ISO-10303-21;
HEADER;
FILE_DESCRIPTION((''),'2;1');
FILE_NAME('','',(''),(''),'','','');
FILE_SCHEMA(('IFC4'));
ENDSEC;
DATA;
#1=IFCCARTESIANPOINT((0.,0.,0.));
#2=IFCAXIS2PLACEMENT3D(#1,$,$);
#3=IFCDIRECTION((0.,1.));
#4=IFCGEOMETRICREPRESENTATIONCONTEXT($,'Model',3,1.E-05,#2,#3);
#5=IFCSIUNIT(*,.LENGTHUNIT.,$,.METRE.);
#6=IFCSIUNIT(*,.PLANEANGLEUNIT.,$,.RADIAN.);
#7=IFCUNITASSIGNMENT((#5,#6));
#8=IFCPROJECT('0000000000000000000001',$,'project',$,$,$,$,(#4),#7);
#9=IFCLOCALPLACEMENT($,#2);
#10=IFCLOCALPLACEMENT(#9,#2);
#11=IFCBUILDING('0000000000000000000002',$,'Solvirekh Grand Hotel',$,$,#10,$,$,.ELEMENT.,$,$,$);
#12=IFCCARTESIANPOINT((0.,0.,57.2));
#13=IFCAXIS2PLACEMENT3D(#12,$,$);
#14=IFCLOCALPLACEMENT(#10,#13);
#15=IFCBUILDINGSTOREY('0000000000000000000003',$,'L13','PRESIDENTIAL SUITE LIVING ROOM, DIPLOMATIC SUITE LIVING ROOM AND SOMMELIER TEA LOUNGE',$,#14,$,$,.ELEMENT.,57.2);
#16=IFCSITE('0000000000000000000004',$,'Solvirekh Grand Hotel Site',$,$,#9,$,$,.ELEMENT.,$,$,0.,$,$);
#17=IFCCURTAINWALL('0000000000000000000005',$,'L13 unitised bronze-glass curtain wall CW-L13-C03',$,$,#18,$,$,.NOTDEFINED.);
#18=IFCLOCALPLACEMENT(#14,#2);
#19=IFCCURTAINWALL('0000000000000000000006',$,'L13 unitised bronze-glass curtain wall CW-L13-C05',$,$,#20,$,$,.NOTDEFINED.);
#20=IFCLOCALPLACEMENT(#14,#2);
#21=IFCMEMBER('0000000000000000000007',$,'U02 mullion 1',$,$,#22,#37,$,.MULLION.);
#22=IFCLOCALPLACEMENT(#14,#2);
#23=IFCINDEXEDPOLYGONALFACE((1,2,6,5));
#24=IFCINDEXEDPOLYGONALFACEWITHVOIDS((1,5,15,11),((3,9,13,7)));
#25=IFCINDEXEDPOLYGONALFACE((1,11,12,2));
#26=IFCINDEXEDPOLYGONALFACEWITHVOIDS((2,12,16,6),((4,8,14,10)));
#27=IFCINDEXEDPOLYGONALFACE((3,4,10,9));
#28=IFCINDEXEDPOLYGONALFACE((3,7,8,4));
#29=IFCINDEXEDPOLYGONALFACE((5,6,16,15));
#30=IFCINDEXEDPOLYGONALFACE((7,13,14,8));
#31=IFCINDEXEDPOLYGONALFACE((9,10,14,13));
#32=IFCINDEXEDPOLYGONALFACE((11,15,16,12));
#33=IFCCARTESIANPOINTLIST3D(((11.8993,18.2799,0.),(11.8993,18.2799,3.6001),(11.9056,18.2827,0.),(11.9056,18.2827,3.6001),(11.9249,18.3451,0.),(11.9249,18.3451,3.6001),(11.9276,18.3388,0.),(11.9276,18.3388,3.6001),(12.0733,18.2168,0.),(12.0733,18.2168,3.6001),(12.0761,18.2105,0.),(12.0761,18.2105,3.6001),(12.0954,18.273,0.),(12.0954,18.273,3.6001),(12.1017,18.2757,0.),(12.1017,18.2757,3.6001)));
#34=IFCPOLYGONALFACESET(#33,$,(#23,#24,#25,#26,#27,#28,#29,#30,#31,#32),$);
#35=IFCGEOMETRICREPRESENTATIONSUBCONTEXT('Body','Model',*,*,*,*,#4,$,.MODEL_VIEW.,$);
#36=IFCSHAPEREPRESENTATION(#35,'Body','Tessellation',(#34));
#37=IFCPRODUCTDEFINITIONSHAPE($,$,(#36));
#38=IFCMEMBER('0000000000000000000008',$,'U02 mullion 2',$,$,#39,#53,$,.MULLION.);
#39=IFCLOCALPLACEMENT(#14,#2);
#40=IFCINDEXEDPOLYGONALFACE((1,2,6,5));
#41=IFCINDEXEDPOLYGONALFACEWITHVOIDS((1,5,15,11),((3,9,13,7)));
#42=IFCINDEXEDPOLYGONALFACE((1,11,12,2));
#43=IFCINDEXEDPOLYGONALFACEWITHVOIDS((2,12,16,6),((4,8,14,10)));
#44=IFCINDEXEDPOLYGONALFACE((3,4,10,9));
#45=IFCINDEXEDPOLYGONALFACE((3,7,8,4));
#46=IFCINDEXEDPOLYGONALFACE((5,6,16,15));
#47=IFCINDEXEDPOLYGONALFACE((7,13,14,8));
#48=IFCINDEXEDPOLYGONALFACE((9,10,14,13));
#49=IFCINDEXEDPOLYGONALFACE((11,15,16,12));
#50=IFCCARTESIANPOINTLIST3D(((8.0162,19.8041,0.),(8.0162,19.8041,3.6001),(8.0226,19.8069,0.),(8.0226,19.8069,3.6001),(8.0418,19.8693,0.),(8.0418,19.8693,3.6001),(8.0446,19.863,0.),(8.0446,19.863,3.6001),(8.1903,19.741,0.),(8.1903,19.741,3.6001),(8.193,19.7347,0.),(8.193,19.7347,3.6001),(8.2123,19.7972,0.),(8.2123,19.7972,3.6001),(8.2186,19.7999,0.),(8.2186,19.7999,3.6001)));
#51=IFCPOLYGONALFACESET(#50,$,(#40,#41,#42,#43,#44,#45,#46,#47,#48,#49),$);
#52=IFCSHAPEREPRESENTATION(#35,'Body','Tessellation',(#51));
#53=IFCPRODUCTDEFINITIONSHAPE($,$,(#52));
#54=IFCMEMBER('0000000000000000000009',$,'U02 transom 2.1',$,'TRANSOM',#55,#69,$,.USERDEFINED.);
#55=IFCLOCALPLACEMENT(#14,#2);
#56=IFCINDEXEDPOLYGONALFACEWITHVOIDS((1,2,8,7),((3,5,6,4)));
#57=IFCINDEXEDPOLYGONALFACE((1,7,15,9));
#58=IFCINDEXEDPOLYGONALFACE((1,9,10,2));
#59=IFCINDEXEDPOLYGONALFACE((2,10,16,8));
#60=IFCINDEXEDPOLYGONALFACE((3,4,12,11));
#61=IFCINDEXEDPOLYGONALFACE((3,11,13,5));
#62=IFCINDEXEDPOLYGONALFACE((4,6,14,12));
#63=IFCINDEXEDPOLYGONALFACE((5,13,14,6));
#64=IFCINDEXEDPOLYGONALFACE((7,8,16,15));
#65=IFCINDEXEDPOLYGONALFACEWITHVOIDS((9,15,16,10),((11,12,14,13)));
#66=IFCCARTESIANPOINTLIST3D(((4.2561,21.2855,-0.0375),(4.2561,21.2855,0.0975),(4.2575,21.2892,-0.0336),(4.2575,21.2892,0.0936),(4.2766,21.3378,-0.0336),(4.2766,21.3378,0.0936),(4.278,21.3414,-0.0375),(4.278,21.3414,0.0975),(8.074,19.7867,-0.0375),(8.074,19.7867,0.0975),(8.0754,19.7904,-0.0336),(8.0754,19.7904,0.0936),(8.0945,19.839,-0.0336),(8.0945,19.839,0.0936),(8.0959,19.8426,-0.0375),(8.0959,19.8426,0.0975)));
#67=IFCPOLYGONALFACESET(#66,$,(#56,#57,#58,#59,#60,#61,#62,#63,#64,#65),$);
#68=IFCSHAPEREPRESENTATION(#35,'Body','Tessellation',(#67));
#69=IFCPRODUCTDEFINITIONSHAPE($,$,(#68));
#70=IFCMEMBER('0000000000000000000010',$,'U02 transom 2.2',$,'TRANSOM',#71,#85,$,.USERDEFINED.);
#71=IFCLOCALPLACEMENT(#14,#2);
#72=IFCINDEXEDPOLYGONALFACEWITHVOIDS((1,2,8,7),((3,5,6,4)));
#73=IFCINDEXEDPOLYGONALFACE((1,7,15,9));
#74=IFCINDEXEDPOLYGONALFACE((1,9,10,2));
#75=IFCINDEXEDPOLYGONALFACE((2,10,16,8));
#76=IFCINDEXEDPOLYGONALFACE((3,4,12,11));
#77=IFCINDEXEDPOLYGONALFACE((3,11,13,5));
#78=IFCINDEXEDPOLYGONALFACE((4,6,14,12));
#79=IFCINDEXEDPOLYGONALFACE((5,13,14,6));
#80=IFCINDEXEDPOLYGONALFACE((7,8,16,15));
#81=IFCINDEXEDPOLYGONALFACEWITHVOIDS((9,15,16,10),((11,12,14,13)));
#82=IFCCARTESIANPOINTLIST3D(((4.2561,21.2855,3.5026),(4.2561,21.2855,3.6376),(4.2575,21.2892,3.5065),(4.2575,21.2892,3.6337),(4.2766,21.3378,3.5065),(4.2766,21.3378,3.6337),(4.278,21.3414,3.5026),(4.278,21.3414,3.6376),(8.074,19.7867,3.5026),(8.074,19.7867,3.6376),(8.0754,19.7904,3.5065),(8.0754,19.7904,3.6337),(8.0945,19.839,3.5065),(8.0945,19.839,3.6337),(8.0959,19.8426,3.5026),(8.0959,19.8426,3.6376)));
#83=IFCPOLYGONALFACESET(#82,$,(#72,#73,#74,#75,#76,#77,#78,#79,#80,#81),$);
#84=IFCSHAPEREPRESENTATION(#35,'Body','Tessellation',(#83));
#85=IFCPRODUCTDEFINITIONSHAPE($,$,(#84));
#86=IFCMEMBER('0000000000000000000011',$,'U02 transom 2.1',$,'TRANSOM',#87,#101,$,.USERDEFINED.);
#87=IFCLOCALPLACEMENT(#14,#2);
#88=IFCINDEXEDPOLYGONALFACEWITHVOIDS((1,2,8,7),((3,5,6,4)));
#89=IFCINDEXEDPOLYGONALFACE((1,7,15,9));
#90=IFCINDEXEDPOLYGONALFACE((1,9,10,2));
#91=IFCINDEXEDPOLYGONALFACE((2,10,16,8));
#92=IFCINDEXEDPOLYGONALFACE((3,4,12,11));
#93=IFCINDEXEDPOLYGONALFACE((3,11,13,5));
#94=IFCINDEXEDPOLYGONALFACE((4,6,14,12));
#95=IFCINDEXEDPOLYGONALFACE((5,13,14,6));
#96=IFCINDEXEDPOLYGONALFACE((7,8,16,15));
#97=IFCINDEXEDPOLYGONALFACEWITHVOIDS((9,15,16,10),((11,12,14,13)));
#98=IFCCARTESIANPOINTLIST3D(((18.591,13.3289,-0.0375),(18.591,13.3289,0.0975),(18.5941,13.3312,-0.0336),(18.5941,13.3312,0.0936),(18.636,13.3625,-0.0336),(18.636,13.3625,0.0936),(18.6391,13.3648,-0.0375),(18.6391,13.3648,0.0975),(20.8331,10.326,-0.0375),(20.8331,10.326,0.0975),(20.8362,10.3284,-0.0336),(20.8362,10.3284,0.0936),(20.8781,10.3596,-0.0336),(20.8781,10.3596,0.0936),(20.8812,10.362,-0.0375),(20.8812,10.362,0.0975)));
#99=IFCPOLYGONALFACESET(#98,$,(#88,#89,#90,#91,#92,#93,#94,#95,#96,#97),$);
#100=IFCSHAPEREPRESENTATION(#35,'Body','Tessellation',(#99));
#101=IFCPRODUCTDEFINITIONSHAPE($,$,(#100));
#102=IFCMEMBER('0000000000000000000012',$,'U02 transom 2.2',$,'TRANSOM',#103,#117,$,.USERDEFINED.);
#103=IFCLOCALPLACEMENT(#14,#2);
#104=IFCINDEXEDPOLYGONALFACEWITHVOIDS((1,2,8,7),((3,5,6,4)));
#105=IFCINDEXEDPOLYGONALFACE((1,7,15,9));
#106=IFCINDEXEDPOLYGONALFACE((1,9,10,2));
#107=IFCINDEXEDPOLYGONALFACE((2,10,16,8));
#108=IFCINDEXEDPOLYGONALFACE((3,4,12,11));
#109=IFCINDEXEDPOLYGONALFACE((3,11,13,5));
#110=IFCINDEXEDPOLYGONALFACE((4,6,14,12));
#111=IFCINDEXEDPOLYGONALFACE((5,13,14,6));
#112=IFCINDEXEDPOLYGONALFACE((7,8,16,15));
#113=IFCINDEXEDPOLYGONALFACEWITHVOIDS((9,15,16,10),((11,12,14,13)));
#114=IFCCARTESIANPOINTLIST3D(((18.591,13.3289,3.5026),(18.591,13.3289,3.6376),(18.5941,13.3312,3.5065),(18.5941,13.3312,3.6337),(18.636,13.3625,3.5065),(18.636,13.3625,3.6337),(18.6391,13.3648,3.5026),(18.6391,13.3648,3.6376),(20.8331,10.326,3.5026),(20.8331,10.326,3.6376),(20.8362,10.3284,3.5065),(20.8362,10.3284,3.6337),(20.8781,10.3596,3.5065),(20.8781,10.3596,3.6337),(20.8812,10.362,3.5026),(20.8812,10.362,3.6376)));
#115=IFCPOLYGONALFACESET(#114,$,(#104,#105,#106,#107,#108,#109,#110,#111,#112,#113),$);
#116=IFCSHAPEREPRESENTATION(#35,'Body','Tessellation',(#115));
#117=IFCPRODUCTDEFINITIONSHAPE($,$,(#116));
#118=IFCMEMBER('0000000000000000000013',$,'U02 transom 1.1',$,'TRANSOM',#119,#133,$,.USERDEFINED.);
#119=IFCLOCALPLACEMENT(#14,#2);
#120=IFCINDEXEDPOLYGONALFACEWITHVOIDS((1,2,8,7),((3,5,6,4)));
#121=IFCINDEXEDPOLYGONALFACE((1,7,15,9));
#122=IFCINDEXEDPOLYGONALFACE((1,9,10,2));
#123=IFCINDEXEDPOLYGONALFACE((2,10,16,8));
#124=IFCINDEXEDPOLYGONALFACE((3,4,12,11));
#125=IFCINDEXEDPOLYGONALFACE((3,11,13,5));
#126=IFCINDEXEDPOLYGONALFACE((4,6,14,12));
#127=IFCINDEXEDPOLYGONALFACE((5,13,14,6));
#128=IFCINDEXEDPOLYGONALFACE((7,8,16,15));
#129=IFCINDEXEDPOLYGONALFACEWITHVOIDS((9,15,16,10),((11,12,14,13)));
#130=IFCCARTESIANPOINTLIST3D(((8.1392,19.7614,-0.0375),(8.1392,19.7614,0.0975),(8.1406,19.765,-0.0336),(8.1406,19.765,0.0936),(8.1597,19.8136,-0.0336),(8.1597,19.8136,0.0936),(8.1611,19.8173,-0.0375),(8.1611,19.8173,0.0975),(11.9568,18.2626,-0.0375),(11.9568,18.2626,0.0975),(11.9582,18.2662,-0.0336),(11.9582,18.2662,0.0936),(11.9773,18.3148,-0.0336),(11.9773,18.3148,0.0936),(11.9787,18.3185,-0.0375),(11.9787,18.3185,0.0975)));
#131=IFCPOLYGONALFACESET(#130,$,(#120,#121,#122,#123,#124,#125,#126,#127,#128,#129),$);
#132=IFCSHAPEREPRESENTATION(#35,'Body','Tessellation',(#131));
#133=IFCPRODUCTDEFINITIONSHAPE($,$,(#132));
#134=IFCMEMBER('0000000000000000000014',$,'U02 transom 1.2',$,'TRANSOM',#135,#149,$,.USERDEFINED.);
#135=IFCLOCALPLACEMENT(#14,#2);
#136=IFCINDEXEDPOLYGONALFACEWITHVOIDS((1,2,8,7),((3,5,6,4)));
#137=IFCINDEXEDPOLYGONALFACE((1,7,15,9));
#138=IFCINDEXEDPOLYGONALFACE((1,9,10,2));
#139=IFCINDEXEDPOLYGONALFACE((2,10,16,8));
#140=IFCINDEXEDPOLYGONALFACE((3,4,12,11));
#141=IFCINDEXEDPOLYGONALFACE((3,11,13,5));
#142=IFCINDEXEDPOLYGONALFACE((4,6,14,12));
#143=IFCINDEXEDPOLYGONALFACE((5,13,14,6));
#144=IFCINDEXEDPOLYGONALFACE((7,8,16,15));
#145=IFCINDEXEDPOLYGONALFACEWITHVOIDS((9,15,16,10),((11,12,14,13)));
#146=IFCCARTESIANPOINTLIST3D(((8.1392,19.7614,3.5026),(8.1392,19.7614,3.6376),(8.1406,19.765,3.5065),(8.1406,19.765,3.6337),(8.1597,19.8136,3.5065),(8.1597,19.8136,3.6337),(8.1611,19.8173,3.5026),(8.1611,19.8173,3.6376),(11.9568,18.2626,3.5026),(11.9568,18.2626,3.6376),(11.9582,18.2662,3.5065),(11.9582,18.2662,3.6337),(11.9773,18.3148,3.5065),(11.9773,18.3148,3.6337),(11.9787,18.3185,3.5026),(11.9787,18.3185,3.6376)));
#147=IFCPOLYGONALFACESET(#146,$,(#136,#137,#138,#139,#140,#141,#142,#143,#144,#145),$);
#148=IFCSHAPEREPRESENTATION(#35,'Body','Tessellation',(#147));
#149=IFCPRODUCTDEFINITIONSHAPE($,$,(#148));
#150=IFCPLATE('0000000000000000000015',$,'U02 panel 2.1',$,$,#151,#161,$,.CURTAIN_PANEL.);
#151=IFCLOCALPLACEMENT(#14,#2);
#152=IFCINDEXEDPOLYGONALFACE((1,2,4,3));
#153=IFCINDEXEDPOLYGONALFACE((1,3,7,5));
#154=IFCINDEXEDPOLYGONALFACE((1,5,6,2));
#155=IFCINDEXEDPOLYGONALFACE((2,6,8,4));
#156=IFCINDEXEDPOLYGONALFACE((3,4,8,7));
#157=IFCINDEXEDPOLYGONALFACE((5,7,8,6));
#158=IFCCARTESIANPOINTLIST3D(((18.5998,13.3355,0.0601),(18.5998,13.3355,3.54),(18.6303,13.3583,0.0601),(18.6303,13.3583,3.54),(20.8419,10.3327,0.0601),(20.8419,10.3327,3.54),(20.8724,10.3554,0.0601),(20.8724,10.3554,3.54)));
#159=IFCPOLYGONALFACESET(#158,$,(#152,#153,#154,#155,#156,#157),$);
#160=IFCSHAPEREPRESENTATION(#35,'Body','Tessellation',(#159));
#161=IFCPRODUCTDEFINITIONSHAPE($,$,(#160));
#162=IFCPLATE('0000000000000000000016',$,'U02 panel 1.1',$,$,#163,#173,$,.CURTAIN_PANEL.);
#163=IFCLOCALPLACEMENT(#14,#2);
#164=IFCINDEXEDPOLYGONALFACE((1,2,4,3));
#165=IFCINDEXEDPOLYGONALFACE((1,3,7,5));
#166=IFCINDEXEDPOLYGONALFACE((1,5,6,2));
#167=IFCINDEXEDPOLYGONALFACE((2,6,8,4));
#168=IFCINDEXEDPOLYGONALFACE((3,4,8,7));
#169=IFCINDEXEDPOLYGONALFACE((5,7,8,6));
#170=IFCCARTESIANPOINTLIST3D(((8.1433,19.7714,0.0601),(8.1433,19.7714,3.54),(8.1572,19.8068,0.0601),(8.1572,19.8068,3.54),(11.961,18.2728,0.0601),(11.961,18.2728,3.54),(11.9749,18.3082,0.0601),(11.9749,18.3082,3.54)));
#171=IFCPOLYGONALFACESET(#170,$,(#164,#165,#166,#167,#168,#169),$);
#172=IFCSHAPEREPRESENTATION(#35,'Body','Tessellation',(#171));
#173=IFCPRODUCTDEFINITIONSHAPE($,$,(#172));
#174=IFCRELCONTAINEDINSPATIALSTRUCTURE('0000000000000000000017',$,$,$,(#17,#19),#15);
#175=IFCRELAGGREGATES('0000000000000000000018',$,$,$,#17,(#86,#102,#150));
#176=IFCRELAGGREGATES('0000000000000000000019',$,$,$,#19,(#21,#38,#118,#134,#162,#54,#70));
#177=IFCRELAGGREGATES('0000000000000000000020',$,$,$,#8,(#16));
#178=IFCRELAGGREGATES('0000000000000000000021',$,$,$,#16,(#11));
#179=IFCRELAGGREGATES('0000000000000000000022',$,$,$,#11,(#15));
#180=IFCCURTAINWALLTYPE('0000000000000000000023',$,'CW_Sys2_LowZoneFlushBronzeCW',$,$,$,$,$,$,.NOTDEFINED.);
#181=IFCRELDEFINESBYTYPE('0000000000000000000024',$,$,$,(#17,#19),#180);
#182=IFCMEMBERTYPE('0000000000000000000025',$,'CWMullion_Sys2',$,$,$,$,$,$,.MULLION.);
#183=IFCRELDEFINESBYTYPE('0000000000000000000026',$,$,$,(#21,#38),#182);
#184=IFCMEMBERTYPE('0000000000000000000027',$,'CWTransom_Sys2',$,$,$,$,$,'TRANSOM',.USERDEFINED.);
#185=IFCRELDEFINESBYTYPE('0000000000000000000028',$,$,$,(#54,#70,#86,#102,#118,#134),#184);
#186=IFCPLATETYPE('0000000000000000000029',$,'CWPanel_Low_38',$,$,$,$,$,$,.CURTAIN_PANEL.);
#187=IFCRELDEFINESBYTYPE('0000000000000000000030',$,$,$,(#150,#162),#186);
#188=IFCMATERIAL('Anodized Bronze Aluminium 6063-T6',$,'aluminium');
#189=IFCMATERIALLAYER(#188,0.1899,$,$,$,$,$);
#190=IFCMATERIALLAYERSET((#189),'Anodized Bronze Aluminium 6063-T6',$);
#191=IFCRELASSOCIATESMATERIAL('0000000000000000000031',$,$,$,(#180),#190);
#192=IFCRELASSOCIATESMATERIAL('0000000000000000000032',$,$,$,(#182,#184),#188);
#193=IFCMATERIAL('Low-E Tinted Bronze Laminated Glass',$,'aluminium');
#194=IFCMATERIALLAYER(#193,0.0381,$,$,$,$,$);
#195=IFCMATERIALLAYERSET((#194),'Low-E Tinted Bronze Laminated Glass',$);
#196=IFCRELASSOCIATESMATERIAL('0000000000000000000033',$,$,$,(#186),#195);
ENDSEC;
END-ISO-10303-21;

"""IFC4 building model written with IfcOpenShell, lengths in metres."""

from ifc_helpers import new_model, si_unit, direction, frame, origin, origin_2d, place, context, subcontext, project, spatial, rectangle, hollow_rectangle, extrude, source, transform, mapped, material, layer, layer_set, material_profile, profile_set, type_object, element, aggregate, save


model = new_model("IFC4")

# Units and contexts
model_context = context("Model", 3, precision=1e-05, world=origin(), true_north=direction((0.0, 1.0)))
body_context = subcontext(model_context, "Body", "Model", "MODEL_VIEW")
ifc_project = project(units=[si_unit("LENGTHUNIT", "METRE"), si_unit("PLANEANGLEUNIT", "RADIAN")], contexts=[model_context])

# Site, building, storey
site_placement = place(None, origin())
site = spatial("IfcSite", under=ifc_project, at=site_placement, Name="Solvirekh Grand Hotel Site", CompositionType="ELEMENT", RefElevation=0.0)
building_placement = place(site_placement, origin())
building = spatial("IfcBuilding", under=site, at=building_placement, Name="Solvirekh Grand Hotel", CompositionType="ELEMENT")
storey_placement = place(building_placement, frame((0.0, 0.0, 57.2)))
storey = spatial("IfcBuildingStorey", under=building, at=storey_placement, Name="L13", Description="PRESIDENTIAL SUITE LIVING ROOM, DIPLOMATIC SUITE LIVING ROOM AND SOMMELIER TEA LOUNGE", CompositionType="ELEMENT", Elevation=57.2)

# Curtain walls, members
ifc_material_1 = material(Name="Anodized Bronze Aluminium 6063-T6", Category="aluminium")
ifc_layer_1 = layer(ifc_material_1, 0.1899)
ifc_layer_set_1 = layer_set([ifc_layer_1], Name="Anodized Bronze Aluminium 6063-T6")
curtain_wall_type = type_object("IfcCurtainWallType", Name="CW_Sys2_LowZoneFlushBronzeCW", PredefinedType="NOTDEFINED", material=ifc_layer_set_1)
curtain_wall_1_placement = place(storey_placement, origin())
curtain_wall_1 = element("IfcCurtainWall", 1, at=curtain_wall_1_placement, inside=storey, type_object=curtain_wall_type, Name="L13 unitised bronze-glass curtain wall CW-L13-C03", PredefinedType="NOTDEFINED")
ifc_material_profile_1 = material_profile(ifc_material_1, hollow_rectangle(XDim=0.0701, YDim=0.1899, WallThickness=0.0049, at=origin_2d()), Name="ALU RHS 190X70X5")
ifc_profile_set_1 = profile_set([ifc_material_profile_1], Name="Anodized Bronze Aluminium 6063-T6")
member_type_1 = type_object("IfcMemberType", Name="CWMullion_Sys2", PredefinedType="MULLION", material=ifc_profile_set_1)
shared_shape_1 = source(origin(), body_context, "Body", "SweptSolid", [
    extrude(hollow_rectangle(XDim=0.0701, YDim=0.1899, WallThickness=0.0049, at=origin_2d()), origin(), (0.0, 0.0, 1.0), 3.6001),
])
curtain_wall_2_placement = place(storey_placement, origin())
curtain_wall_2 = element("IfcCurtainWall", 2, at=curtain_wall_2_placement, inside=storey, type_object=curtain_wall_type, Name="L13 unitised bronze-glass curtain wall CW-L13-C05", PredefinedType="NOTDEFINED")
member_1_placement = place(storey_placement, frame((12.0005, 18.2778, 0.0), z_axis=(0.0, 0.0, 1.0), x_axis=(-0.365399, -0.930851, 0.0)))
member_1 = element("IfcMember", 3, at=member_1_placement, type_object=member_type_1, Name="U02 mullion 1", PredefinedType="MULLION", context=body_context, shape_type="MappedRepresentation", body=[
    mapped(shared_shape_1, transform((0.0, 0.0, 0.0), x_axis=(1.0, 0.0, 0.0), y_axis=(0.0, 1.0, 0.0), z_axis=(0.0, 0.0, 1.0), scale=1.0)),
])
member_2_placement = place(storey_placement, frame((8.1174, 19.802, 0.0), z_axis=(0.0, 0.0, 1.0), x_axis=(-0.365399, -0.930851, 0.0)))
member_2 = element("IfcMember", 4, at=member_2_placement, type_object=member_type_1, Name="U02 mullion 2", PredefinedType="MULLION", context=body_context, shape_type="MappedRepresentation", body=[
    mapped(shared_shape_1, transform((0.0, 0.0, 0.0), x_axis=(1.0, 0.0, 0.0), y_axis=(0.0, 1.0, 0.0), z_axis=(0.0, 0.0, 1.0), scale=1.0)),
])
ifc_material_profile_2 = material_profile(ifc_material_1, hollow_rectangle(XDim=0.0601, YDim=0.135, WallThickness=0.0039, at=origin_2d()), Name="ALU RHS 135X60X4")
ifc_profile_set_2 = profile_set([ifc_material_profile_2], Name="Anodized Bronze Aluminium 6063-T6")
member_type_2 = type_object("IfcMemberType", Name="CWTransom_Sys2", ElementType="TRANSOM", PredefinedType="USERDEFINED", material=ifc_profile_set_2)
shared_shape_2 = source(origin(), body_context, "Body", "SweptSolid", [
    extrude(hollow_rectangle(XDim=0.0601, YDim=0.135, WallThickness=0.0039, at=origin_2d()), origin(), (0.0, 0.0, 1.0), 4.1016),
])
member_3_placement = place(storey_placement, frame((8.085, 19.8147, 0.03), z_axis=(-0.930843, 0.36542, 0.0), x_axis=(-0.36542, -0.930843, 0.0)))
member_3 = element("IfcMember", 5, at=member_3_placement, type_object=member_type_2, Name="U02 transom 2.1", ObjectType="TRANSOM", PredefinedType="USERDEFINED", context=body_context, shape_type="MappedRepresentation", body=[
    mapped(shared_shape_2, transform((0.0, 0.0, 0.0), x_axis=(1.0, 0.0, 0.0), y_axis=(0.0, 1.0, 0.0), z_axis=(0.0, 0.0, 1.0), scale=1.0)),
])
member_4_placement = place(storey_placement, frame((8.085, 19.8147, 3.5701), z_axis=(-0.930843, 0.36542, 0.0), x_axis=(-0.36542, -0.930843, 0.0)))
member_4 = element("IfcMember", 6, at=member_4_placement, type_object=member_type_2, Name="U02 transom 2.2", ObjectType="TRANSOM", PredefinedType="USERDEFINED", context=body_context, shape_type="MappedRepresentation", body=[
    mapped(shared_shape_2, transform((0.0, 0.0, 0.0), x_axis=(1.0, 0.0, 0.0), y_axis=(0.0, 1.0, 0.0), z_axis=(0.0, 0.0, 1.0), scale=1.0)),
])

# Members
shared_shape_3 = source(origin(), body_context, "Body", "SweptSolid", [
    extrude(hollow_rectangle(XDim=0.0601, YDim=0.135, WallThickness=0.0039, at=origin_2d()), origin(), (0.0, 0.0, 1.0), 3.7476),
])
member_5_placement = place(storey_placement, frame((20.8572, 10.344, 0.03), z_axis=(-0.598289, 0.80128, 0.0), x_axis=(-0.80128, -0.598289, 0.0)))
member_5 = element("IfcMember", 7, at=member_5_placement, type_object=member_type_2, Name="U02 transom 2.1", ObjectType="TRANSOM", PredefinedType="USERDEFINED", context=body_context, shape_type="MappedRepresentation", body=[
    mapped(shared_shape_3, transform((0.0, 0.0, 0.0), x_axis=(1.0, 0.0, 0.0), y_axis=(0.0, 1.0, 0.0), z_axis=(0.0, 0.0, 1.0), scale=1.0)),
])
member_6_placement = place(storey_placement, frame((20.8572, 10.344, 3.5701), z_axis=(-0.598289, 0.80128, 0.0), x_axis=(-0.80128, -0.598289, 0.0)))
member_6 = element("IfcMember", 8, at=member_6_placement, type_object=member_type_2, Name="U02 transom 2.2", ObjectType="TRANSOM", PredefinedType="USERDEFINED", context=body_context, shape_type="MappedRepresentation", body=[
    mapped(shared_shape_3, transform((0.0, 0.0, 0.0), x_axis=(1.0, 0.0, 0.0), y_axis=(0.0, 1.0, 0.0), z_axis=(0.0, 0.0, 1.0), scale=1.0)),
])
shared_shape_4 = source(origin(), body_context, "Body", "SweptSolid", [
    extrude(hollow_rectangle(XDim=0.0601, YDim=0.135, WallThickness=0.0039, at=origin_2d()), origin(), (0.0, 0.0, 1.0), 4.1013),
])
member_7_placement = place(storey_placement, frame((11.9678, 18.2905, 0.03), z_axis=(-0.930835, 0.365441, 0.0), x_axis=(-0.365441, -0.930835, 0.0)))
member_7 = element("IfcMember", 9, at=member_7_placement, type_object=member_type_2, Name="U02 transom 1.1", ObjectType="TRANSOM", PredefinedType="USERDEFINED", context=body_context, shape_type="MappedRepresentation", body=[
    mapped(shared_shape_4, transform((0.0, 0.0, 0.0), x_axis=(1.0, 0.0, 0.0), y_axis=(0.0, 1.0, 0.0), z_axis=(0.0, 0.0, 1.0), scale=1.0)),
])
member_8_placement = place(storey_placement, frame((11.9678, 18.2905, 3.5701), z_axis=(-0.930835, 0.365441, 0.0), x_axis=(-0.365441, -0.930835, 0.0)))
member_8 = element("IfcMember", 10, at=member_8_placement, type_object=member_type_2, Name="U02 transom 1.2", ObjectType="TRANSOM", PredefinedType="USERDEFINED", context=body_context, shape_type="MappedRepresentation", body=[
    mapped(shared_shape_4, transform((0.0, 0.0, 0.0), x_axis=(1.0, 0.0, 0.0), y_axis=(0.0, 1.0, 0.0), z_axis=(0.0, 0.0, 1.0), scale=1.0)),
])

# Plates
ifc_material_2 = material(Name="Low-E Tinted Bronze Laminated Glass", Category="aluminium")
ifc_layer_2 = layer(ifc_material_2, 0.0381)
ifc_layer_set_2 = layer_set([ifc_layer_2], Name="Low-E Tinted Bronze Laminated Glass")
plate_type = type_object("IfcPlateType", Name="CWPanel_Low_38", PredefinedType="CURTAIN_PANEL", material=ifc_layer_set_2)
shared_shape_5 = source(origin(), body_context, "Body", "SweptSolid", [
    extrude(rectangle(XDim=3.7476, YDim=0.0381, at=origin_2d()), origin(), (0.0, 0.0, 1.0), 3.48),
])
plate_1_placement = place(storey_placement, frame((19.7361, 11.8455, 0.0601), z_axis=(0.0, 0.0, 1.0), x_axis=(-0.598296, 0.801275, 0.0)))
plate_1 = element("IfcPlate", 11, at=plate_1_placement, type_object=plate_type, Name="U02 panel 2.1", PredefinedType="CURTAIN_PANEL", context=body_context, shape_type="MappedRepresentation", body=[
    mapped(shared_shape_5, transform((0.0, 0.0, 0.0), x_axis=(1.0, 0.0, 0.0), y_axis=(0.0, 1.0, 0.0), z_axis=(0.0, 0.0, 1.0), scale=1.0)),
])
aggregate(curtain_wall_1, [member_5, member_6, plate_1])
shared_shape_6 = source(origin(), body_context, "Body", "SweptSolid", [
    extrude(rectangle(XDim=4.1013, YDim=0.0381, at=origin_2d()), origin(), (0.0, 0.0, 1.0), 3.48),
])
plate_2_placement = place(storey_placement, frame((10.0591, 19.0398, 0.0601), z_axis=(0.0, 0.0, 1.0), x_axis=(-0.930851, 0.365399, 0.0)))
plate_2 = element("IfcPlate", 12, at=plate_2_placement, type_object=plate_type, Name="U02 panel 1.1", PredefinedType="CURTAIN_PANEL", context=body_context, shape_type="MappedRepresentation", body=[
    mapped(shared_shape_6, transform((0.0, 0.0, 0.0), x_axis=(1.0, 0.0, 0.0), y_axis=(0.0, 1.0, 0.0), z_axis=(0.0, 0.0, 1.0), scale=1.0)),
])
aggregate(curtain_wall_2, [member_1, member_2, member_7, member_8, plate_2, member_3, member_4])

save(model, "model.ifc")
